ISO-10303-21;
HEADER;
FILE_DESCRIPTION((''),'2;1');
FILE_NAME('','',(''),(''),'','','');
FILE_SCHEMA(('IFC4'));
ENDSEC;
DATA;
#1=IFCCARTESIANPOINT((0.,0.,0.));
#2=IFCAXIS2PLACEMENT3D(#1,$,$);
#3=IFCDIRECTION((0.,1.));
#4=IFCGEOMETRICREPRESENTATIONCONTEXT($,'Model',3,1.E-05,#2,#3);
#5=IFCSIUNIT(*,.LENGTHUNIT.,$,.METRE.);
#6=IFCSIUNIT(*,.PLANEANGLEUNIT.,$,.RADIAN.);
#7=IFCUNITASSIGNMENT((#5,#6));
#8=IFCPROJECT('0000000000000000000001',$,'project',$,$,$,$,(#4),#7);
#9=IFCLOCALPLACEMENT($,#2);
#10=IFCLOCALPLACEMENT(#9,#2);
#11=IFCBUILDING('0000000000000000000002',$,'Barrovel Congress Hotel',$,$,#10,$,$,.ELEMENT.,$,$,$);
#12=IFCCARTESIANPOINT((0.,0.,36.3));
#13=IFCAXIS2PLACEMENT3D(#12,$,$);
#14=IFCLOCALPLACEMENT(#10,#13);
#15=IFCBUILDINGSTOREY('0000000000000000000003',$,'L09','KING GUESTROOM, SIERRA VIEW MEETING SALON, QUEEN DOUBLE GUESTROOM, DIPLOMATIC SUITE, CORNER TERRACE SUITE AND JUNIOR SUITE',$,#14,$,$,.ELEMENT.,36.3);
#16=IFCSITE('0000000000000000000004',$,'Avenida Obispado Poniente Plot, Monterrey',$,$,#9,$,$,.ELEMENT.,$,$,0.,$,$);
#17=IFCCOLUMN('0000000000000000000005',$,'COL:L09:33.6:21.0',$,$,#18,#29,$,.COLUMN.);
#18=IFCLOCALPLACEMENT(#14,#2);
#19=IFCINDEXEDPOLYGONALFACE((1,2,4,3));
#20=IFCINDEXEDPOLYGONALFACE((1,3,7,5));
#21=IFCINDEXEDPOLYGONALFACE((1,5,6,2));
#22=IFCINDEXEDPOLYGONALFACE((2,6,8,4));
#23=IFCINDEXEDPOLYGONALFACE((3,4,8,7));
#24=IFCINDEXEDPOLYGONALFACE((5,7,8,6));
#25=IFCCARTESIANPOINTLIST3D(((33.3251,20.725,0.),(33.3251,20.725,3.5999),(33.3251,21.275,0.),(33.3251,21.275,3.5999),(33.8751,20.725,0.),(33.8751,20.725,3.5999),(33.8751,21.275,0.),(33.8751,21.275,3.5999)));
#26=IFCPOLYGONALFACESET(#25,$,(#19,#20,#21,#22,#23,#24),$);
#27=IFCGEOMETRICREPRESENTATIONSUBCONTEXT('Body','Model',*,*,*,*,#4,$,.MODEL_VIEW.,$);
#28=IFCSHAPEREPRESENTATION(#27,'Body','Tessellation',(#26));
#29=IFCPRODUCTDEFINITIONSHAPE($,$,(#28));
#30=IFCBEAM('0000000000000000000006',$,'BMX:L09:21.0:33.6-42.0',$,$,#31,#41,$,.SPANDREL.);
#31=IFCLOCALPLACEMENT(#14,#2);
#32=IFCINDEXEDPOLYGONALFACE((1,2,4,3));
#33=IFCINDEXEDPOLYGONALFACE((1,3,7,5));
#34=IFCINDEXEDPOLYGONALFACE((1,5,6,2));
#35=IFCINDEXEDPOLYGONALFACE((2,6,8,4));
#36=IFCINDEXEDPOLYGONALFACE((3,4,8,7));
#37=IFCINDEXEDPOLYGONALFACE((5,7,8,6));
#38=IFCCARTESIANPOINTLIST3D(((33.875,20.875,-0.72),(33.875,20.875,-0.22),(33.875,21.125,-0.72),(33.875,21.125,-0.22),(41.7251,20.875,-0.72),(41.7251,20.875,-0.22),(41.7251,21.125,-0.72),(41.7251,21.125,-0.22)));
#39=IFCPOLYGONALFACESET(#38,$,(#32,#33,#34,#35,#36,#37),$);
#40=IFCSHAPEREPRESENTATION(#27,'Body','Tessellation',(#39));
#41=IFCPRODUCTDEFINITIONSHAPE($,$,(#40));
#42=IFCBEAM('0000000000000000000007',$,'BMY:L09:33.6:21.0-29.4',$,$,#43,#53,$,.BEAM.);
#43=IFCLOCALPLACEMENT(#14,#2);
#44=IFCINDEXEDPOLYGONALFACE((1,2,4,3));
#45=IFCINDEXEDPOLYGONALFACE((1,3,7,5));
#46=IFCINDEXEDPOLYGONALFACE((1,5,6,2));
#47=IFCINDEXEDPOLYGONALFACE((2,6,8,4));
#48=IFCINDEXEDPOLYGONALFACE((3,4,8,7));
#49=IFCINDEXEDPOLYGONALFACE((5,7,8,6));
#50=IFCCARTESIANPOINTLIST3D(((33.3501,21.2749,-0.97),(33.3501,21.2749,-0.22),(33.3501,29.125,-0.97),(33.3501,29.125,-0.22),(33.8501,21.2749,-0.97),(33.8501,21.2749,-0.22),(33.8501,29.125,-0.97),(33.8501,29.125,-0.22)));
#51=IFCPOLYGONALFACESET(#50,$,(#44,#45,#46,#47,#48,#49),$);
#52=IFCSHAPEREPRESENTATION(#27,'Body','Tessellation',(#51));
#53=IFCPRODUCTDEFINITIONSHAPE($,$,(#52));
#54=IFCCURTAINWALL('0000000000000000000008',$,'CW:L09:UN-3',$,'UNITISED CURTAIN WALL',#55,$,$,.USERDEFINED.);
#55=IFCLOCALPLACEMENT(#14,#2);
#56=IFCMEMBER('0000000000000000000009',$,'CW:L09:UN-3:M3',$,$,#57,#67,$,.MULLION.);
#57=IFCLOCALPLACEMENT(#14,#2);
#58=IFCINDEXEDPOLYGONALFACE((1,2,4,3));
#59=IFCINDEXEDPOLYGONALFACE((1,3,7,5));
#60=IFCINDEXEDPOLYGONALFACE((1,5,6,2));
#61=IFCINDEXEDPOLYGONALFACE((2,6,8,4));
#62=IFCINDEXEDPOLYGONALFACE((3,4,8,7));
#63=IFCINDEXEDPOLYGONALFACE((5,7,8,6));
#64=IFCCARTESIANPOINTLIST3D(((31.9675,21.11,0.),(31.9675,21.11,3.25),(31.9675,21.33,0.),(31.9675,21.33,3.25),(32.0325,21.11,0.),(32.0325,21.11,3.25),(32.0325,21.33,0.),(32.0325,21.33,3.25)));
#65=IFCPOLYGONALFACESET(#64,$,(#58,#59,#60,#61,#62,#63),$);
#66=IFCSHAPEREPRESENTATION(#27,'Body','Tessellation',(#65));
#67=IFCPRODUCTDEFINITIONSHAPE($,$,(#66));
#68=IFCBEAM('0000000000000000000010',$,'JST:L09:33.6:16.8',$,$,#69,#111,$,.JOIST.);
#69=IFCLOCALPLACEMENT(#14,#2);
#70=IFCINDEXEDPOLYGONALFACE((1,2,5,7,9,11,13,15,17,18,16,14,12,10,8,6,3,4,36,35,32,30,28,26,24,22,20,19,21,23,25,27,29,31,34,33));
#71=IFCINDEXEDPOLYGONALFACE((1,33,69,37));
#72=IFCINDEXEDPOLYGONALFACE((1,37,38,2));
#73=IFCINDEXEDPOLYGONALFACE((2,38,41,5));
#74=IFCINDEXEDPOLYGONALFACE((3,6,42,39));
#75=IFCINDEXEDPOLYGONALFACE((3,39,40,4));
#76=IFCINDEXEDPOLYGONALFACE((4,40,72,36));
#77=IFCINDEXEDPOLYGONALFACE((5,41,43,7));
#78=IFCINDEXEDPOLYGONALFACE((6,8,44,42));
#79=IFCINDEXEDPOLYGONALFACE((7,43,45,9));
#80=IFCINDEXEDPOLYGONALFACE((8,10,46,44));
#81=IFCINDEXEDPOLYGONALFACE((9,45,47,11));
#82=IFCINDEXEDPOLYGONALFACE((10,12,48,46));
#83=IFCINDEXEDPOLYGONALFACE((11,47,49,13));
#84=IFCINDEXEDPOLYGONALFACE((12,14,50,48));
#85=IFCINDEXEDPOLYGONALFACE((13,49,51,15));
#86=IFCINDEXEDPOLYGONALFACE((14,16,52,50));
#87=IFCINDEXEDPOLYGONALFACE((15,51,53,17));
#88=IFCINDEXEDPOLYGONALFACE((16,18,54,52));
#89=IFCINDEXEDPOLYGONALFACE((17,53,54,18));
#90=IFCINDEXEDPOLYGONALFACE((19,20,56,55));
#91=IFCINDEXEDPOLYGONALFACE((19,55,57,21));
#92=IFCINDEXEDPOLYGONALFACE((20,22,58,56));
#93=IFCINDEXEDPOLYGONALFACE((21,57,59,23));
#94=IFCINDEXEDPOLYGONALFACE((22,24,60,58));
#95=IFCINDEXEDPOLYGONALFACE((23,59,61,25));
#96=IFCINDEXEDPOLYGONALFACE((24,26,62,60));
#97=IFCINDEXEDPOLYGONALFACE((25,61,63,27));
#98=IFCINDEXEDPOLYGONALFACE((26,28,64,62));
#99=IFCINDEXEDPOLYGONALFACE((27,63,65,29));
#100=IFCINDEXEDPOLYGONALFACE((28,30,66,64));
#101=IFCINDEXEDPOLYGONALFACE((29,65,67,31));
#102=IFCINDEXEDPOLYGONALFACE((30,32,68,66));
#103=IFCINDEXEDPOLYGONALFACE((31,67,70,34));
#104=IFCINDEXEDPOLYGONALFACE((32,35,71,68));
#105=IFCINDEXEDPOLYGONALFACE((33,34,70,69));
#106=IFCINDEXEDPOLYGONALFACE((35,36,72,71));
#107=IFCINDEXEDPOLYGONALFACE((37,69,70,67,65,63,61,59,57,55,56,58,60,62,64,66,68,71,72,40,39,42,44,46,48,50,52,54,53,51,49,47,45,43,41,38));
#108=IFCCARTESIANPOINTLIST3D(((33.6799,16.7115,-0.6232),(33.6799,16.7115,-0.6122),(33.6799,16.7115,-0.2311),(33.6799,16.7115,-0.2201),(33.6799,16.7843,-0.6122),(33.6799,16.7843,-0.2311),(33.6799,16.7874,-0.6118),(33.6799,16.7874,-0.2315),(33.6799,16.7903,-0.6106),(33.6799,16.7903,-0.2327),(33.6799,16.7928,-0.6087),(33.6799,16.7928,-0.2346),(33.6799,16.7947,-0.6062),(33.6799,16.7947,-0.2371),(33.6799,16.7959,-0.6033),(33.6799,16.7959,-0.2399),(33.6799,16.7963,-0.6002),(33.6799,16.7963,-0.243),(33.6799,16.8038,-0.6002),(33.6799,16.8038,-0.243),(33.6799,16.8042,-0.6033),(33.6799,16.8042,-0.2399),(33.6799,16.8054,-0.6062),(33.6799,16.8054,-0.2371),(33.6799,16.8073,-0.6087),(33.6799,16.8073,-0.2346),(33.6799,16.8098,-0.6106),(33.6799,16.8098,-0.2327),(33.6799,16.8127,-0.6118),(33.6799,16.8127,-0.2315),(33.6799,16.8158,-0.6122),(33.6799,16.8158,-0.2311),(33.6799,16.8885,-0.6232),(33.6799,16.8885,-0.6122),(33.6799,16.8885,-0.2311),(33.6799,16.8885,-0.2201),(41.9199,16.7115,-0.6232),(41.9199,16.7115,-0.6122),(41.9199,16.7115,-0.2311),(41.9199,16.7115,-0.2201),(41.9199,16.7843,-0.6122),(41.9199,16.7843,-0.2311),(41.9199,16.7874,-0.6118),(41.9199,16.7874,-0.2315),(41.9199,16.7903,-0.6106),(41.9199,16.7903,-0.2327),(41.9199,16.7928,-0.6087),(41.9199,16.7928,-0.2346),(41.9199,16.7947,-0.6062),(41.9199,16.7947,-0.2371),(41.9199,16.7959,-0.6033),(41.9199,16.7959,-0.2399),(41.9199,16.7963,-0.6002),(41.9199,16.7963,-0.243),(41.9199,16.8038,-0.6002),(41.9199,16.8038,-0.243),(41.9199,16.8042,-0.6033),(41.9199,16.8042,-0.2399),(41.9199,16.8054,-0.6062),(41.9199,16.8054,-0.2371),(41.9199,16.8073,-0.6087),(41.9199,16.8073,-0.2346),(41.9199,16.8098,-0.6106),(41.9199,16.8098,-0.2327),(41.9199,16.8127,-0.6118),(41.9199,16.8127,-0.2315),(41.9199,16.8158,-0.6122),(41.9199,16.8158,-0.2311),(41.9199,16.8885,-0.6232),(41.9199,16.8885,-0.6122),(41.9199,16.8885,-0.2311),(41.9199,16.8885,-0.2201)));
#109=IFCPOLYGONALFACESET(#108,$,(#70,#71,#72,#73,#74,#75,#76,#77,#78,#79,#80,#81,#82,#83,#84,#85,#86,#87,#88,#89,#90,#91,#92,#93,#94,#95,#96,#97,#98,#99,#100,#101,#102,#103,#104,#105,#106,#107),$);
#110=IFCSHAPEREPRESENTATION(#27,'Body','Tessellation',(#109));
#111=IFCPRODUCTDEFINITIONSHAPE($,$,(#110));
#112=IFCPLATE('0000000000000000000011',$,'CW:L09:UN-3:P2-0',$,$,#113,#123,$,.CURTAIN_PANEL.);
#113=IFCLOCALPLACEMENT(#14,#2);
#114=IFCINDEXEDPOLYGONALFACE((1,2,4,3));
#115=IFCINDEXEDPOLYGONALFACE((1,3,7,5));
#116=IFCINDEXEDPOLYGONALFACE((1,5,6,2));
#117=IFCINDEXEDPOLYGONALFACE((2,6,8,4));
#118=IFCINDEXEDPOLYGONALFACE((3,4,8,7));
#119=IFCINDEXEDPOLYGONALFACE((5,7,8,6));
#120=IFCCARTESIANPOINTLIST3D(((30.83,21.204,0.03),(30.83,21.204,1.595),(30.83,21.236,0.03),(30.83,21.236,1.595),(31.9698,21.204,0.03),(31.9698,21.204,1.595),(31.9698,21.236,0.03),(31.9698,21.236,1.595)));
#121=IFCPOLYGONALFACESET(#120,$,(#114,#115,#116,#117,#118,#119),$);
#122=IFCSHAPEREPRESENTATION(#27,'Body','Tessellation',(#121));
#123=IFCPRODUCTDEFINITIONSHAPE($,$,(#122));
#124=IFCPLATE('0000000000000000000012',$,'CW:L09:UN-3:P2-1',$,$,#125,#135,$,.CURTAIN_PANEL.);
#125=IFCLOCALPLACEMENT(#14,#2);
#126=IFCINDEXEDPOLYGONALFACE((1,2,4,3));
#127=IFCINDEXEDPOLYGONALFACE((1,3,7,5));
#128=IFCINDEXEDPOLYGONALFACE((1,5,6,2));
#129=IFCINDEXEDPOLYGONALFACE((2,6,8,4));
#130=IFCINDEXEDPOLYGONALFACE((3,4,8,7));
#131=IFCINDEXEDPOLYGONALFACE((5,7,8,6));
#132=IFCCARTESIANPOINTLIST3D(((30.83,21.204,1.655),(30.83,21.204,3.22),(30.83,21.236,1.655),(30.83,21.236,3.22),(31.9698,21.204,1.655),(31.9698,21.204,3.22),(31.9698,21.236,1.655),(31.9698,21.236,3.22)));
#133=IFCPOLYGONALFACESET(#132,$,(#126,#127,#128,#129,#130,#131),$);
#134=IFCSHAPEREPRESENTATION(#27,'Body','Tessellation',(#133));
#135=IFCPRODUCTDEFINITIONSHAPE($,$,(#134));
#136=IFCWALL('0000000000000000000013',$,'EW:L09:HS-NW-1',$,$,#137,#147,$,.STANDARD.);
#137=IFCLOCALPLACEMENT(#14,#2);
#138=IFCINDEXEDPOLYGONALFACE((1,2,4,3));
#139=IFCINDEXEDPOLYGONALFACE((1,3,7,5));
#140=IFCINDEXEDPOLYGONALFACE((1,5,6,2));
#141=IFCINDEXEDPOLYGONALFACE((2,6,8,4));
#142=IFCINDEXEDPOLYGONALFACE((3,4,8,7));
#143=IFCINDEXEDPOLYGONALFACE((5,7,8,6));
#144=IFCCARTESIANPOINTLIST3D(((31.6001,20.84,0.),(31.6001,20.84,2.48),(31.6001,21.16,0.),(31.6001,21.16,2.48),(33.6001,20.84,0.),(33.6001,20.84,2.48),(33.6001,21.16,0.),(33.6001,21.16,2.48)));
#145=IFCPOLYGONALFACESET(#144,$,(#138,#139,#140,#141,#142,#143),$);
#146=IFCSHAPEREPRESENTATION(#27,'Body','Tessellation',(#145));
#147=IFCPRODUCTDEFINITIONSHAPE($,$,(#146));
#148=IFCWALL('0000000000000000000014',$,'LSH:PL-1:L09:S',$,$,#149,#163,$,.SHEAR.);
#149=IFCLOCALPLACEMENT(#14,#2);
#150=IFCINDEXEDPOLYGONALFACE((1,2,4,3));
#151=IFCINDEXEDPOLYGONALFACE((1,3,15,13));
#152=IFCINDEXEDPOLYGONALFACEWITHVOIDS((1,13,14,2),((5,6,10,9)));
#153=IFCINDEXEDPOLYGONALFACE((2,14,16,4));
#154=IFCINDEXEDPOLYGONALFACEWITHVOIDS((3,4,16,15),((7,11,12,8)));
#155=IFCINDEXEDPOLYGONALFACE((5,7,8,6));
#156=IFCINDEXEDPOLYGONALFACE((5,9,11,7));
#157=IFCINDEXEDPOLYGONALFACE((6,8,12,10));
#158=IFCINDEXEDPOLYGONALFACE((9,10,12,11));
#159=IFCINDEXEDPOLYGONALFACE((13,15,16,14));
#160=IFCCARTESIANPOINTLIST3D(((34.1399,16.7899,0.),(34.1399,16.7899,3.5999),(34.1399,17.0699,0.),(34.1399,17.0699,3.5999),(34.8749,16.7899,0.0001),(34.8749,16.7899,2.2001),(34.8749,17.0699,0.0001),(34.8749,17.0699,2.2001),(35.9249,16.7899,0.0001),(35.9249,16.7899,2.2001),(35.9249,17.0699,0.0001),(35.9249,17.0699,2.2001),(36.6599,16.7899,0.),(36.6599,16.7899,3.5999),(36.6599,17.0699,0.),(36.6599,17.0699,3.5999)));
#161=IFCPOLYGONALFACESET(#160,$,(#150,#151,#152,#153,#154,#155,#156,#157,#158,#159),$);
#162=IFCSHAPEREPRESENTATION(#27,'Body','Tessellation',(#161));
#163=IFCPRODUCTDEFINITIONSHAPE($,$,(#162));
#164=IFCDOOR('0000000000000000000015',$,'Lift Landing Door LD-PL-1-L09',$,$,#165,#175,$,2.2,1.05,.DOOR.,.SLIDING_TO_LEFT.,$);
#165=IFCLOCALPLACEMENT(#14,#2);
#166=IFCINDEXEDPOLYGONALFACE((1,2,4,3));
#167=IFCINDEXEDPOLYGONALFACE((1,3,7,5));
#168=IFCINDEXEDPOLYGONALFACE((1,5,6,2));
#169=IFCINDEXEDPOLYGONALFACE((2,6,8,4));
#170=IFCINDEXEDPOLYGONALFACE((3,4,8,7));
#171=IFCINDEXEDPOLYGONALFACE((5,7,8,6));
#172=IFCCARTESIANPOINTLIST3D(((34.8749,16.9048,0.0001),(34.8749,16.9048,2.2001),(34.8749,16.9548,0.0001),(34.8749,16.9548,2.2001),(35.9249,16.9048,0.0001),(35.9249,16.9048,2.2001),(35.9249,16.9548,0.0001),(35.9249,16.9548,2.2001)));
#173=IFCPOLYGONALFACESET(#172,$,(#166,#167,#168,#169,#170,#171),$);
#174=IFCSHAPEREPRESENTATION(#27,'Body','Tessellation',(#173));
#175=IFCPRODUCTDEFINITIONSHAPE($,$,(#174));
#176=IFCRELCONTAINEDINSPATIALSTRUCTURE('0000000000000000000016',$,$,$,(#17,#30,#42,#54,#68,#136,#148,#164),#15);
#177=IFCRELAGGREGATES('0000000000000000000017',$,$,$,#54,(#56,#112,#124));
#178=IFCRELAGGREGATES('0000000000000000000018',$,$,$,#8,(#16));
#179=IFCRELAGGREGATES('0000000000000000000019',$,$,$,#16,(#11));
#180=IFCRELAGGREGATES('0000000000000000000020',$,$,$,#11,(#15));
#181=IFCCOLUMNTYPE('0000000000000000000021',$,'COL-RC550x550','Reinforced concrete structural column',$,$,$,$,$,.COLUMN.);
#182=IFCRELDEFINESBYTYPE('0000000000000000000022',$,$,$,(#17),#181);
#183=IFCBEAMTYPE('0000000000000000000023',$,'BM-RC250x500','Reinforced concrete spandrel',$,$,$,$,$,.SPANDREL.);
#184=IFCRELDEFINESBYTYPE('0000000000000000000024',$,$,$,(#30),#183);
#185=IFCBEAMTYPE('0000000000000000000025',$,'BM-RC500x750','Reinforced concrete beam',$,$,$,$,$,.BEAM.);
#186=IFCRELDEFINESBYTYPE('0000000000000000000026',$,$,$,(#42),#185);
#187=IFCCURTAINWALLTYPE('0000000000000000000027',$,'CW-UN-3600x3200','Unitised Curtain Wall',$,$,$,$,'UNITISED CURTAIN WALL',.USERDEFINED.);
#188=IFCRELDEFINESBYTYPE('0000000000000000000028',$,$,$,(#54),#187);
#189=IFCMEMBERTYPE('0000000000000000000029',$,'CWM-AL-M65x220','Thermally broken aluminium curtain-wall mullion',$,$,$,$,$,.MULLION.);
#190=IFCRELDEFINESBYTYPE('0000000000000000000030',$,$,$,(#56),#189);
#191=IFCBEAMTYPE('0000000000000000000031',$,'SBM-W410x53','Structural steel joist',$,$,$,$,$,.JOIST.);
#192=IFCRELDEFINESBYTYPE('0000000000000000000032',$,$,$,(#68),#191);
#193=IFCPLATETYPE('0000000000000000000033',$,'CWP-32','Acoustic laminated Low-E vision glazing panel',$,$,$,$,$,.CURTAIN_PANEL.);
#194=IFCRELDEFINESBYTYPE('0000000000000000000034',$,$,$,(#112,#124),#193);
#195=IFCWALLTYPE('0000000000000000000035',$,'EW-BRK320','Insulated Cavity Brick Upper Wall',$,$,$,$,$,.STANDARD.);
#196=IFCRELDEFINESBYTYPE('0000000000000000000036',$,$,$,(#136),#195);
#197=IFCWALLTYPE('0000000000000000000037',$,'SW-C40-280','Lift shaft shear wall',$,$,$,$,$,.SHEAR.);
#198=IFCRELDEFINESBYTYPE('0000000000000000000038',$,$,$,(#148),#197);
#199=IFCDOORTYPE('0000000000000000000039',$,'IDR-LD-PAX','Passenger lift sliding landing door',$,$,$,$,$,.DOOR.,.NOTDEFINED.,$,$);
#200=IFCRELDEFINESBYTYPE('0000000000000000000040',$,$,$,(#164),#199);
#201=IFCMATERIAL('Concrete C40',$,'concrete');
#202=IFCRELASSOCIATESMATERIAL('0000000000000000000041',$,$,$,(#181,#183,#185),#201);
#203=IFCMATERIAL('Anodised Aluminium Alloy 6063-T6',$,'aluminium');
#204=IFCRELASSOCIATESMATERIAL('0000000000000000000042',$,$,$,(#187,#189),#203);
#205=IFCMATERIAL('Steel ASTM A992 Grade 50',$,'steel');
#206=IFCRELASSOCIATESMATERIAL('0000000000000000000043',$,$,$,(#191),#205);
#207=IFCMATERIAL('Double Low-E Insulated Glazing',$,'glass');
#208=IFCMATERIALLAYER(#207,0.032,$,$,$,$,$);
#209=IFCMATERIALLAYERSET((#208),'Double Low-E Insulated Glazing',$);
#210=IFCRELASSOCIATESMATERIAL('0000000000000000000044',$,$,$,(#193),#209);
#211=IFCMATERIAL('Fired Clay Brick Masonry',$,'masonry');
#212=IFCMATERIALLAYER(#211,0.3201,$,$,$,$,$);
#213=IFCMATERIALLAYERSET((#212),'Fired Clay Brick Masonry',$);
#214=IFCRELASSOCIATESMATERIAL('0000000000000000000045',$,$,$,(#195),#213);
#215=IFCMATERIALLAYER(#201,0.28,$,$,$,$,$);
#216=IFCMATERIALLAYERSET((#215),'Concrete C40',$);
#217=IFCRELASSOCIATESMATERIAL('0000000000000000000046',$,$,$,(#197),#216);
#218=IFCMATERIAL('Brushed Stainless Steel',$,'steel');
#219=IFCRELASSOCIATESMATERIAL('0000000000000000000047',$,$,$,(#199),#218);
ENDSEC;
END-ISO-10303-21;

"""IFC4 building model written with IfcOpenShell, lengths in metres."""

from ifc_helpers import new_model, si_unit, direction, frame, frame_2d, origin, origin_2d, place, context, subcontext, project, spatial, rectangle, i_section, extrude, material, layer, layer_set, material_profile, profile_set, type_object, element, fill, aggregate, save


model = new_model("IFC4")

# Units and contexts
model_context = context("Model", 3, precision=1e-05, world=origin(), true_north=direction((0.0, 1.0)))
body_context = subcontext(model_context, "Body", "Model", "MODEL_VIEW")
ifc_project = project(units=[si_unit("LENGTHUNIT", "METRE"), si_unit("PLANEANGLEUNIT", "RADIAN")], contexts=[model_context])

# Site, building, storey
site_placement = place(None, origin())
site = spatial("IfcSite", under=ifc_project, at=site_placement, Name="Avenida Obispado Poniente Plot, Monterrey", CompositionType="ELEMENT", RefElevation=0.0)
building_placement = place(site_placement, origin())
building = spatial("IfcBuilding", under=site, at=building_placement, Name="Barrovel Congress Hotel", CompositionType="ELEMENT")
storey_placement = place(building_placement, frame((0.0, 0.0, 36.3)))
storey = spatial("IfcBuildingStorey", under=building, at=storey_placement, Name="L09", Description="KING GUESTROOM, SIERRA VIEW MEETING SALON, QUEEN DOUBLE GUESTROOM, DIPLOMATIC SUITE, CORNER TERRACE SUITE AND JUNIOR SUITE", CompositionType="ELEMENT", Elevation=36.3)

# Column
ifc_material_1 = material(Name="Concrete C40", Category="concrete")
ifc_material_profile_1 = material_profile(ifc_material_1, rectangle(XDim=0.55, YDim=0.55, at=origin_2d()), Name="RC550x550")
ifc_profile_set_1 = profile_set([ifc_material_profile_1], Name="Concrete C40")
column_type = type_object("IfcColumnType", Name="COL-RC550x550", Description="Reinforced concrete structural column", PredefinedType="COLUMN", material=ifc_profile_set_1)
column_placement = place(storey_placement, frame((33.6001, 21.0, 0.0), z_axis=(0.0, 0.0, 1.0), x_axis=(1.0, 0.0, 0.0)))
element("IfcColumn", 1, at=column_placement, inside=storey, type_object=column_type, Name="COL:L09:33.6:21.0", PredefinedType="COLUMN", context=body_context, shape_type="SweptSolid", body=[
    extrude(rectangle(XDim=0.55, YDim=0.55, at=origin_2d()), origin(), (0.0, 0.0, 1.0), 3.5999),
])

# Beams
ifc_material_profile_2 = material_profile(ifc_material_1, rectangle(XDim=0.25, YDim=0.5, at=origin_2d()), Name="RC250x500")
ifc_profile_set_2 = profile_set([ifc_material_profile_2], Name="Concrete C40")
beam_type_1 = type_object("IfcBeamType", Name="BM-RC250x500", Description="Reinforced concrete spandrel", PredefinedType="SPANDREL", material=ifc_profile_set_2)
beam_1_placement = place(storey_placement, frame((33.875, 21.0, -0.47), z_axis=(1.0, 0.0, 0.0), x_axis=(0.0, 1.0, 0.0)))
element("IfcBeam", 2, at=beam_1_placement, inside=storey, type_object=beam_type_1, Name="BMX:L09:21.0:33.6-42.0", PredefinedType="SPANDREL", context=body_context, shape_type="SweptSolid", body=[
    extrude(rectangle(XDim=0.25, YDim=0.5, at=origin_2d()), origin(), (0.0, 0.0, 1.0), 7.8501),
])
ifc_material_profile_3 = material_profile(ifc_material_1, rectangle(XDim=0.5, YDim=0.75, at=origin_2d()), Name="RC500x750")
ifc_profile_set_3 = profile_set([ifc_material_profile_3], Name="Concrete C40")
beam_type_2 = type_object("IfcBeamType", Name="BM-RC500x750", Description="Reinforced concrete beam", PredefinedType="BEAM", material=ifc_profile_set_3)
beam_2_placement = place(storey_placement, frame((33.6001, 21.2749, -0.595), z_axis=(0.0, 1.0, 0.0), x_axis=(-1.0, 0.0, 0.0)))
element("IfcBeam", 3, at=beam_2_placement, inside=storey, type_object=beam_type_2, Name="BMY:L09:33.6:21.0-29.4", PredefinedType="BEAM", context=body_context, shape_type="SweptSolid", body=[
    extrude(rectangle(XDim=0.5, YDim=0.75, at=origin_2d()), origin(), (0.0, 0.0, 1.0), 7.8501),
])

# Curtain wall, member
ifc_material_2 = material(Name="Anodised Aluminium Alloy 6063-T6", Category="aluminium")
curtain_wall_type = type_object("IfcCurtainWallType", Name="CW-UN-3600x3200", Description="Unitised Curtain Wall", ElementType="UNITISED CURTAIN WALL", PredefinedType="USERDEFINED", material=ifc_material_2)
curtain_wall_placement = place(storey_placement, origin())
curtain_wall = element("IfcCurtainWall", 4, at=curtain_wall_placement, inside=storey, type_object=curtain_wall_type, Name="CW:L09:UN-3", ObjectType="UNITISED CURTAIN WALL", PredefinedType="USERDEFINED")
ifc_material_profile_4 = material_profile(ifc_material_2, rectangle(XDim=0.0649, YDim=0.22, at=origin_2d()), Name="AL-M65x220")
ifc_profile_set_4 = profile_set([ifc_material_profile_4], Name="Anodised Aluminium Alloy 6063-T6")
member_type = type_object("IfcMemberType", Name="CWM-AL-M65x220", Description="Thermally broken aluminium curtain-wall mullion", PredefinedType="MULLION", material=ifc_profile_set_4)
member_placement = place(storey_placement, frame((32.0, 21.22, 0.0), z_axis=(0.0, 0.0, 1.0), x_axis=(1.0, 0.0, 0.0)))
member = element("IfcMember", 5, at=member_placement, type_object=member_type, Name="CW:L09:UN-3:M3", PredefinedType="MULLION", context=body_context, shape_type="SweptSolid", body=[
    extrude(rectangle(XDim=0.0649, YDim=0.22, at=origin_2d()), origin(), (0.0, 0.0, 1.0), 3.25),
])

# Beam
ifc_material_3 = material(Name="Steel ASTM A992 Grade 50", Category="steel")
ifc_material_profile_5 = material_profile(ifc_material_3, i_section(OverallWidth=0.177, OverallDepth=0.4031, WebThickness=0.0076, FlangeThickness=0.011, FilletRadius=0.012, at=origin_2d()), Name="W410x53")
ifc_profile_set_5 = profile_set([ifc_material_profile_5], Name="Steel ASTM A992 Grade 50")
beam_type_3 = type_object("IfcBeamType", Name="SBM-W410x53", Description="Structural steel joist", PredefinedType="JOIST", material=ifc_profile_set_5)
beam_3_placement = place(storey_placement, frame((33.6799, 16.8, -0.4216), z_axis=(1.0, 0.0, 0.0), x_axis=(0.0, 1.0, 0.0)))
element("IfcBeam", 6, at=beam_3_placement, inside=storey, type_object=beam_type_3, Name="JST:L09:33.6:16.8", PredefinedType="JOIST", context=body_context, shape_type="SweptSolid", body=[
    extrude(i_section(OverallWidth=0.177, OverallDepth=0.4031, WebThickness=0.0076, FlangeThickness=0.011, FilletRadius=0.012, at=origin_2d()), origin(), (0.0, 0.0, 1.0), 8.24),
])

# Plates
ifc_material_4 = material(Name="Double Low-E Insulated Glazing", Category="glass")
ifc_layer_1 = layer(ifc_material_4, 0.032)
ifc_layer_set_1 = layer_set([ifc_layer_1], Name="Double Low-E Insulated Glazing")
plate_type = type_object("IfcPlateType", Name="CWP-32", Description="Acoustic laminated Low-E vision glazing panel", PredefinedType="CURTAIN_PANEL", material=ifc_layer_set_1)
plate_1_placement = place(storey_placement, frame((31.3999, 21.22, 0.03), z_axis=(0.0, 0.0, 1.0), x_axis=(1.0, 0.0, 0.0)))
plate_1 = element("IfcPlate", 7, at=plate_1_placement, type_object=plate_type, Name="CW:L09:UN-3:P2-0", PredefinedType="CURTAIN_PANEL", context=body_context, shape_type="SweptSolid", body=[
    extrude(rectangle(XDim=1.1399, YDim=0.032, at=origin_2d()), origin(), (0.0, 0.0, 1.0), 1.5649),
])
plate_2_placement = place(storey_placement, frame((31.3999, 21.22, 1.655), z_axis=(0.0, 0.0, 1.0), x_axis=(1.0, 0.0, 0.0)))
plate_2 = element("IfcPlate", 8, at=plate_2_placement, type_object=plate_type, Name="CW:L09:UN-3:P2-1", PredefinedType="CURTAIN_PANEL", context=body_context, shape_type="SweptSolid", body=[
    extrude(rectangle(XDim=1.1399, YDim=0.032, at=origin_2d()), origin(), (0.0, 0.0, 1.0), 1.5649),
])
aggregate(curtain_wall, [member, plate_1, plate_2])

# Wall
ifc_material_5 = material(Name="Fired Clay Brick Masonry", Category="masonry")
ifc_layer_2 = layer(ifc_material_5, 0.3201)
ifc_layer_set_2 = layer_set([ifc_layer_2], Name="Fired Clay Brick Masonry")
wall_type_1 = type_object("IfcWallType", Name="EW-BRK320", Description="Insulated Cavity Brick Upper Wall", PredefinedType="STANDARD", material=ifc_layer_set_2)
wall_1_placement = place(storey_placement, frame((33.6001, 21.0, 0.0), z_axis=(0.0, 0.0, 1.0), x_axis=(-1.0, 0.0, 0.0)))
element("IfcWall", 9, at=wall_1_placement, inside=storey, type_object=wall_type_1, Name="EW:L09:HS-NW-1", PredefinedType="STANDARD", context=body_context, shape_type="SweptSolid", body=[
    extrude(rectangle(XDim=2.0, YDim=0.3201, at=frame_2d((1.0, 0.0))), origin(), (0.0, 0.0, 1.0), 2.48),
])

# Wall, opening, door
ifc_layer_3 = layer(ifc_material_1, 0.28)
ifc_layer_set_3 = layer_set([ifc_layer_3], Name="Concrete C40")
wall_type_2 = type_object("IfcWallType", Name="SW-C40-280", Description="Lift shaft shear wall", PredefinedType="SHEAR", material=ifc_layer_set_3)
wall_2_placement = place(storey_placement, frame((34.1399, 16.9299, 0.0), z_axis=(0.0, 0.0, 1.0), x_axis=(1.0, 0.0, 0.0)))
wall_2 = element("IfcWall", 10, at=wall_2_placement, inside=storey, type_object=wall_type_2, Name="LSH:PL-1:L09:S", PredefinedType="SHEAR", context=body_context, shape_type="SweptSolid", body=[
    extrude(rectangle(XDim=2.52, YDim=0.28, at=frame_2d((1.26, 0.0))), origin(), (0.0, 0.0, 1.0), 3.5999),
])
opening_1_placement = place(wall_2_placement, frame((0.7351, 0.0, 0.0)))
opening_1 = element("IfcOpeningElement", 11, at=opening_1_placement, cuts=wall_2, PredefinedType="OPENING", context=body_context, shape_type="SweptSolid", body=[
    extrude(rectangle(XDim=1.05, YDim=2.2, at=frame_2d((0.5249, 1.1001))), frame((0.0, 0.1499, 0.0), z_axis=(0.0, -1.0, 0.0), x_axis=(1.0, 0.0, 0.0)), (0.0, 0.0, 1.0), 0.3),
])
ifc_material_6 = material(Name="Brushed Stainless Steel", Category="steel")
door_type = type_object("IfcDoorType", Name="IDR-LD-PAX", Description="Passenger lift sliding landing door", OperationType="NOTDEFINED", PredefinedType="DOOR", material=ifc_material_6)
door_1_placement = place(opening_1_placement, origin())
door_1 = element("IfcDoor", 12, at=door_1_placement, inside=storey, type_object=door_type, Name="Lift Landing Door LD-PL-1-L09", OperationType="SLIDING_TO_LEFT", OverallHeight=2.2, OverallWidth=1.05, PredefinedType="DOOR", context=body_context, shape_type="SweptSolid", body=[
    extrude(rectangle(XDim=1.05, YDim=2.2, at=frame_2d((0.5249, 1.1001))), frame((0.0, 0.0249, 0.0), z_axis=(0.0, -1.0, 0.0), x_axis=(1.0, 0.0, 0.0)), (0.0, 0.0, 1.0), 0.05),
])
fill(opening_1, door_1)

save(model, "model.ifc")
